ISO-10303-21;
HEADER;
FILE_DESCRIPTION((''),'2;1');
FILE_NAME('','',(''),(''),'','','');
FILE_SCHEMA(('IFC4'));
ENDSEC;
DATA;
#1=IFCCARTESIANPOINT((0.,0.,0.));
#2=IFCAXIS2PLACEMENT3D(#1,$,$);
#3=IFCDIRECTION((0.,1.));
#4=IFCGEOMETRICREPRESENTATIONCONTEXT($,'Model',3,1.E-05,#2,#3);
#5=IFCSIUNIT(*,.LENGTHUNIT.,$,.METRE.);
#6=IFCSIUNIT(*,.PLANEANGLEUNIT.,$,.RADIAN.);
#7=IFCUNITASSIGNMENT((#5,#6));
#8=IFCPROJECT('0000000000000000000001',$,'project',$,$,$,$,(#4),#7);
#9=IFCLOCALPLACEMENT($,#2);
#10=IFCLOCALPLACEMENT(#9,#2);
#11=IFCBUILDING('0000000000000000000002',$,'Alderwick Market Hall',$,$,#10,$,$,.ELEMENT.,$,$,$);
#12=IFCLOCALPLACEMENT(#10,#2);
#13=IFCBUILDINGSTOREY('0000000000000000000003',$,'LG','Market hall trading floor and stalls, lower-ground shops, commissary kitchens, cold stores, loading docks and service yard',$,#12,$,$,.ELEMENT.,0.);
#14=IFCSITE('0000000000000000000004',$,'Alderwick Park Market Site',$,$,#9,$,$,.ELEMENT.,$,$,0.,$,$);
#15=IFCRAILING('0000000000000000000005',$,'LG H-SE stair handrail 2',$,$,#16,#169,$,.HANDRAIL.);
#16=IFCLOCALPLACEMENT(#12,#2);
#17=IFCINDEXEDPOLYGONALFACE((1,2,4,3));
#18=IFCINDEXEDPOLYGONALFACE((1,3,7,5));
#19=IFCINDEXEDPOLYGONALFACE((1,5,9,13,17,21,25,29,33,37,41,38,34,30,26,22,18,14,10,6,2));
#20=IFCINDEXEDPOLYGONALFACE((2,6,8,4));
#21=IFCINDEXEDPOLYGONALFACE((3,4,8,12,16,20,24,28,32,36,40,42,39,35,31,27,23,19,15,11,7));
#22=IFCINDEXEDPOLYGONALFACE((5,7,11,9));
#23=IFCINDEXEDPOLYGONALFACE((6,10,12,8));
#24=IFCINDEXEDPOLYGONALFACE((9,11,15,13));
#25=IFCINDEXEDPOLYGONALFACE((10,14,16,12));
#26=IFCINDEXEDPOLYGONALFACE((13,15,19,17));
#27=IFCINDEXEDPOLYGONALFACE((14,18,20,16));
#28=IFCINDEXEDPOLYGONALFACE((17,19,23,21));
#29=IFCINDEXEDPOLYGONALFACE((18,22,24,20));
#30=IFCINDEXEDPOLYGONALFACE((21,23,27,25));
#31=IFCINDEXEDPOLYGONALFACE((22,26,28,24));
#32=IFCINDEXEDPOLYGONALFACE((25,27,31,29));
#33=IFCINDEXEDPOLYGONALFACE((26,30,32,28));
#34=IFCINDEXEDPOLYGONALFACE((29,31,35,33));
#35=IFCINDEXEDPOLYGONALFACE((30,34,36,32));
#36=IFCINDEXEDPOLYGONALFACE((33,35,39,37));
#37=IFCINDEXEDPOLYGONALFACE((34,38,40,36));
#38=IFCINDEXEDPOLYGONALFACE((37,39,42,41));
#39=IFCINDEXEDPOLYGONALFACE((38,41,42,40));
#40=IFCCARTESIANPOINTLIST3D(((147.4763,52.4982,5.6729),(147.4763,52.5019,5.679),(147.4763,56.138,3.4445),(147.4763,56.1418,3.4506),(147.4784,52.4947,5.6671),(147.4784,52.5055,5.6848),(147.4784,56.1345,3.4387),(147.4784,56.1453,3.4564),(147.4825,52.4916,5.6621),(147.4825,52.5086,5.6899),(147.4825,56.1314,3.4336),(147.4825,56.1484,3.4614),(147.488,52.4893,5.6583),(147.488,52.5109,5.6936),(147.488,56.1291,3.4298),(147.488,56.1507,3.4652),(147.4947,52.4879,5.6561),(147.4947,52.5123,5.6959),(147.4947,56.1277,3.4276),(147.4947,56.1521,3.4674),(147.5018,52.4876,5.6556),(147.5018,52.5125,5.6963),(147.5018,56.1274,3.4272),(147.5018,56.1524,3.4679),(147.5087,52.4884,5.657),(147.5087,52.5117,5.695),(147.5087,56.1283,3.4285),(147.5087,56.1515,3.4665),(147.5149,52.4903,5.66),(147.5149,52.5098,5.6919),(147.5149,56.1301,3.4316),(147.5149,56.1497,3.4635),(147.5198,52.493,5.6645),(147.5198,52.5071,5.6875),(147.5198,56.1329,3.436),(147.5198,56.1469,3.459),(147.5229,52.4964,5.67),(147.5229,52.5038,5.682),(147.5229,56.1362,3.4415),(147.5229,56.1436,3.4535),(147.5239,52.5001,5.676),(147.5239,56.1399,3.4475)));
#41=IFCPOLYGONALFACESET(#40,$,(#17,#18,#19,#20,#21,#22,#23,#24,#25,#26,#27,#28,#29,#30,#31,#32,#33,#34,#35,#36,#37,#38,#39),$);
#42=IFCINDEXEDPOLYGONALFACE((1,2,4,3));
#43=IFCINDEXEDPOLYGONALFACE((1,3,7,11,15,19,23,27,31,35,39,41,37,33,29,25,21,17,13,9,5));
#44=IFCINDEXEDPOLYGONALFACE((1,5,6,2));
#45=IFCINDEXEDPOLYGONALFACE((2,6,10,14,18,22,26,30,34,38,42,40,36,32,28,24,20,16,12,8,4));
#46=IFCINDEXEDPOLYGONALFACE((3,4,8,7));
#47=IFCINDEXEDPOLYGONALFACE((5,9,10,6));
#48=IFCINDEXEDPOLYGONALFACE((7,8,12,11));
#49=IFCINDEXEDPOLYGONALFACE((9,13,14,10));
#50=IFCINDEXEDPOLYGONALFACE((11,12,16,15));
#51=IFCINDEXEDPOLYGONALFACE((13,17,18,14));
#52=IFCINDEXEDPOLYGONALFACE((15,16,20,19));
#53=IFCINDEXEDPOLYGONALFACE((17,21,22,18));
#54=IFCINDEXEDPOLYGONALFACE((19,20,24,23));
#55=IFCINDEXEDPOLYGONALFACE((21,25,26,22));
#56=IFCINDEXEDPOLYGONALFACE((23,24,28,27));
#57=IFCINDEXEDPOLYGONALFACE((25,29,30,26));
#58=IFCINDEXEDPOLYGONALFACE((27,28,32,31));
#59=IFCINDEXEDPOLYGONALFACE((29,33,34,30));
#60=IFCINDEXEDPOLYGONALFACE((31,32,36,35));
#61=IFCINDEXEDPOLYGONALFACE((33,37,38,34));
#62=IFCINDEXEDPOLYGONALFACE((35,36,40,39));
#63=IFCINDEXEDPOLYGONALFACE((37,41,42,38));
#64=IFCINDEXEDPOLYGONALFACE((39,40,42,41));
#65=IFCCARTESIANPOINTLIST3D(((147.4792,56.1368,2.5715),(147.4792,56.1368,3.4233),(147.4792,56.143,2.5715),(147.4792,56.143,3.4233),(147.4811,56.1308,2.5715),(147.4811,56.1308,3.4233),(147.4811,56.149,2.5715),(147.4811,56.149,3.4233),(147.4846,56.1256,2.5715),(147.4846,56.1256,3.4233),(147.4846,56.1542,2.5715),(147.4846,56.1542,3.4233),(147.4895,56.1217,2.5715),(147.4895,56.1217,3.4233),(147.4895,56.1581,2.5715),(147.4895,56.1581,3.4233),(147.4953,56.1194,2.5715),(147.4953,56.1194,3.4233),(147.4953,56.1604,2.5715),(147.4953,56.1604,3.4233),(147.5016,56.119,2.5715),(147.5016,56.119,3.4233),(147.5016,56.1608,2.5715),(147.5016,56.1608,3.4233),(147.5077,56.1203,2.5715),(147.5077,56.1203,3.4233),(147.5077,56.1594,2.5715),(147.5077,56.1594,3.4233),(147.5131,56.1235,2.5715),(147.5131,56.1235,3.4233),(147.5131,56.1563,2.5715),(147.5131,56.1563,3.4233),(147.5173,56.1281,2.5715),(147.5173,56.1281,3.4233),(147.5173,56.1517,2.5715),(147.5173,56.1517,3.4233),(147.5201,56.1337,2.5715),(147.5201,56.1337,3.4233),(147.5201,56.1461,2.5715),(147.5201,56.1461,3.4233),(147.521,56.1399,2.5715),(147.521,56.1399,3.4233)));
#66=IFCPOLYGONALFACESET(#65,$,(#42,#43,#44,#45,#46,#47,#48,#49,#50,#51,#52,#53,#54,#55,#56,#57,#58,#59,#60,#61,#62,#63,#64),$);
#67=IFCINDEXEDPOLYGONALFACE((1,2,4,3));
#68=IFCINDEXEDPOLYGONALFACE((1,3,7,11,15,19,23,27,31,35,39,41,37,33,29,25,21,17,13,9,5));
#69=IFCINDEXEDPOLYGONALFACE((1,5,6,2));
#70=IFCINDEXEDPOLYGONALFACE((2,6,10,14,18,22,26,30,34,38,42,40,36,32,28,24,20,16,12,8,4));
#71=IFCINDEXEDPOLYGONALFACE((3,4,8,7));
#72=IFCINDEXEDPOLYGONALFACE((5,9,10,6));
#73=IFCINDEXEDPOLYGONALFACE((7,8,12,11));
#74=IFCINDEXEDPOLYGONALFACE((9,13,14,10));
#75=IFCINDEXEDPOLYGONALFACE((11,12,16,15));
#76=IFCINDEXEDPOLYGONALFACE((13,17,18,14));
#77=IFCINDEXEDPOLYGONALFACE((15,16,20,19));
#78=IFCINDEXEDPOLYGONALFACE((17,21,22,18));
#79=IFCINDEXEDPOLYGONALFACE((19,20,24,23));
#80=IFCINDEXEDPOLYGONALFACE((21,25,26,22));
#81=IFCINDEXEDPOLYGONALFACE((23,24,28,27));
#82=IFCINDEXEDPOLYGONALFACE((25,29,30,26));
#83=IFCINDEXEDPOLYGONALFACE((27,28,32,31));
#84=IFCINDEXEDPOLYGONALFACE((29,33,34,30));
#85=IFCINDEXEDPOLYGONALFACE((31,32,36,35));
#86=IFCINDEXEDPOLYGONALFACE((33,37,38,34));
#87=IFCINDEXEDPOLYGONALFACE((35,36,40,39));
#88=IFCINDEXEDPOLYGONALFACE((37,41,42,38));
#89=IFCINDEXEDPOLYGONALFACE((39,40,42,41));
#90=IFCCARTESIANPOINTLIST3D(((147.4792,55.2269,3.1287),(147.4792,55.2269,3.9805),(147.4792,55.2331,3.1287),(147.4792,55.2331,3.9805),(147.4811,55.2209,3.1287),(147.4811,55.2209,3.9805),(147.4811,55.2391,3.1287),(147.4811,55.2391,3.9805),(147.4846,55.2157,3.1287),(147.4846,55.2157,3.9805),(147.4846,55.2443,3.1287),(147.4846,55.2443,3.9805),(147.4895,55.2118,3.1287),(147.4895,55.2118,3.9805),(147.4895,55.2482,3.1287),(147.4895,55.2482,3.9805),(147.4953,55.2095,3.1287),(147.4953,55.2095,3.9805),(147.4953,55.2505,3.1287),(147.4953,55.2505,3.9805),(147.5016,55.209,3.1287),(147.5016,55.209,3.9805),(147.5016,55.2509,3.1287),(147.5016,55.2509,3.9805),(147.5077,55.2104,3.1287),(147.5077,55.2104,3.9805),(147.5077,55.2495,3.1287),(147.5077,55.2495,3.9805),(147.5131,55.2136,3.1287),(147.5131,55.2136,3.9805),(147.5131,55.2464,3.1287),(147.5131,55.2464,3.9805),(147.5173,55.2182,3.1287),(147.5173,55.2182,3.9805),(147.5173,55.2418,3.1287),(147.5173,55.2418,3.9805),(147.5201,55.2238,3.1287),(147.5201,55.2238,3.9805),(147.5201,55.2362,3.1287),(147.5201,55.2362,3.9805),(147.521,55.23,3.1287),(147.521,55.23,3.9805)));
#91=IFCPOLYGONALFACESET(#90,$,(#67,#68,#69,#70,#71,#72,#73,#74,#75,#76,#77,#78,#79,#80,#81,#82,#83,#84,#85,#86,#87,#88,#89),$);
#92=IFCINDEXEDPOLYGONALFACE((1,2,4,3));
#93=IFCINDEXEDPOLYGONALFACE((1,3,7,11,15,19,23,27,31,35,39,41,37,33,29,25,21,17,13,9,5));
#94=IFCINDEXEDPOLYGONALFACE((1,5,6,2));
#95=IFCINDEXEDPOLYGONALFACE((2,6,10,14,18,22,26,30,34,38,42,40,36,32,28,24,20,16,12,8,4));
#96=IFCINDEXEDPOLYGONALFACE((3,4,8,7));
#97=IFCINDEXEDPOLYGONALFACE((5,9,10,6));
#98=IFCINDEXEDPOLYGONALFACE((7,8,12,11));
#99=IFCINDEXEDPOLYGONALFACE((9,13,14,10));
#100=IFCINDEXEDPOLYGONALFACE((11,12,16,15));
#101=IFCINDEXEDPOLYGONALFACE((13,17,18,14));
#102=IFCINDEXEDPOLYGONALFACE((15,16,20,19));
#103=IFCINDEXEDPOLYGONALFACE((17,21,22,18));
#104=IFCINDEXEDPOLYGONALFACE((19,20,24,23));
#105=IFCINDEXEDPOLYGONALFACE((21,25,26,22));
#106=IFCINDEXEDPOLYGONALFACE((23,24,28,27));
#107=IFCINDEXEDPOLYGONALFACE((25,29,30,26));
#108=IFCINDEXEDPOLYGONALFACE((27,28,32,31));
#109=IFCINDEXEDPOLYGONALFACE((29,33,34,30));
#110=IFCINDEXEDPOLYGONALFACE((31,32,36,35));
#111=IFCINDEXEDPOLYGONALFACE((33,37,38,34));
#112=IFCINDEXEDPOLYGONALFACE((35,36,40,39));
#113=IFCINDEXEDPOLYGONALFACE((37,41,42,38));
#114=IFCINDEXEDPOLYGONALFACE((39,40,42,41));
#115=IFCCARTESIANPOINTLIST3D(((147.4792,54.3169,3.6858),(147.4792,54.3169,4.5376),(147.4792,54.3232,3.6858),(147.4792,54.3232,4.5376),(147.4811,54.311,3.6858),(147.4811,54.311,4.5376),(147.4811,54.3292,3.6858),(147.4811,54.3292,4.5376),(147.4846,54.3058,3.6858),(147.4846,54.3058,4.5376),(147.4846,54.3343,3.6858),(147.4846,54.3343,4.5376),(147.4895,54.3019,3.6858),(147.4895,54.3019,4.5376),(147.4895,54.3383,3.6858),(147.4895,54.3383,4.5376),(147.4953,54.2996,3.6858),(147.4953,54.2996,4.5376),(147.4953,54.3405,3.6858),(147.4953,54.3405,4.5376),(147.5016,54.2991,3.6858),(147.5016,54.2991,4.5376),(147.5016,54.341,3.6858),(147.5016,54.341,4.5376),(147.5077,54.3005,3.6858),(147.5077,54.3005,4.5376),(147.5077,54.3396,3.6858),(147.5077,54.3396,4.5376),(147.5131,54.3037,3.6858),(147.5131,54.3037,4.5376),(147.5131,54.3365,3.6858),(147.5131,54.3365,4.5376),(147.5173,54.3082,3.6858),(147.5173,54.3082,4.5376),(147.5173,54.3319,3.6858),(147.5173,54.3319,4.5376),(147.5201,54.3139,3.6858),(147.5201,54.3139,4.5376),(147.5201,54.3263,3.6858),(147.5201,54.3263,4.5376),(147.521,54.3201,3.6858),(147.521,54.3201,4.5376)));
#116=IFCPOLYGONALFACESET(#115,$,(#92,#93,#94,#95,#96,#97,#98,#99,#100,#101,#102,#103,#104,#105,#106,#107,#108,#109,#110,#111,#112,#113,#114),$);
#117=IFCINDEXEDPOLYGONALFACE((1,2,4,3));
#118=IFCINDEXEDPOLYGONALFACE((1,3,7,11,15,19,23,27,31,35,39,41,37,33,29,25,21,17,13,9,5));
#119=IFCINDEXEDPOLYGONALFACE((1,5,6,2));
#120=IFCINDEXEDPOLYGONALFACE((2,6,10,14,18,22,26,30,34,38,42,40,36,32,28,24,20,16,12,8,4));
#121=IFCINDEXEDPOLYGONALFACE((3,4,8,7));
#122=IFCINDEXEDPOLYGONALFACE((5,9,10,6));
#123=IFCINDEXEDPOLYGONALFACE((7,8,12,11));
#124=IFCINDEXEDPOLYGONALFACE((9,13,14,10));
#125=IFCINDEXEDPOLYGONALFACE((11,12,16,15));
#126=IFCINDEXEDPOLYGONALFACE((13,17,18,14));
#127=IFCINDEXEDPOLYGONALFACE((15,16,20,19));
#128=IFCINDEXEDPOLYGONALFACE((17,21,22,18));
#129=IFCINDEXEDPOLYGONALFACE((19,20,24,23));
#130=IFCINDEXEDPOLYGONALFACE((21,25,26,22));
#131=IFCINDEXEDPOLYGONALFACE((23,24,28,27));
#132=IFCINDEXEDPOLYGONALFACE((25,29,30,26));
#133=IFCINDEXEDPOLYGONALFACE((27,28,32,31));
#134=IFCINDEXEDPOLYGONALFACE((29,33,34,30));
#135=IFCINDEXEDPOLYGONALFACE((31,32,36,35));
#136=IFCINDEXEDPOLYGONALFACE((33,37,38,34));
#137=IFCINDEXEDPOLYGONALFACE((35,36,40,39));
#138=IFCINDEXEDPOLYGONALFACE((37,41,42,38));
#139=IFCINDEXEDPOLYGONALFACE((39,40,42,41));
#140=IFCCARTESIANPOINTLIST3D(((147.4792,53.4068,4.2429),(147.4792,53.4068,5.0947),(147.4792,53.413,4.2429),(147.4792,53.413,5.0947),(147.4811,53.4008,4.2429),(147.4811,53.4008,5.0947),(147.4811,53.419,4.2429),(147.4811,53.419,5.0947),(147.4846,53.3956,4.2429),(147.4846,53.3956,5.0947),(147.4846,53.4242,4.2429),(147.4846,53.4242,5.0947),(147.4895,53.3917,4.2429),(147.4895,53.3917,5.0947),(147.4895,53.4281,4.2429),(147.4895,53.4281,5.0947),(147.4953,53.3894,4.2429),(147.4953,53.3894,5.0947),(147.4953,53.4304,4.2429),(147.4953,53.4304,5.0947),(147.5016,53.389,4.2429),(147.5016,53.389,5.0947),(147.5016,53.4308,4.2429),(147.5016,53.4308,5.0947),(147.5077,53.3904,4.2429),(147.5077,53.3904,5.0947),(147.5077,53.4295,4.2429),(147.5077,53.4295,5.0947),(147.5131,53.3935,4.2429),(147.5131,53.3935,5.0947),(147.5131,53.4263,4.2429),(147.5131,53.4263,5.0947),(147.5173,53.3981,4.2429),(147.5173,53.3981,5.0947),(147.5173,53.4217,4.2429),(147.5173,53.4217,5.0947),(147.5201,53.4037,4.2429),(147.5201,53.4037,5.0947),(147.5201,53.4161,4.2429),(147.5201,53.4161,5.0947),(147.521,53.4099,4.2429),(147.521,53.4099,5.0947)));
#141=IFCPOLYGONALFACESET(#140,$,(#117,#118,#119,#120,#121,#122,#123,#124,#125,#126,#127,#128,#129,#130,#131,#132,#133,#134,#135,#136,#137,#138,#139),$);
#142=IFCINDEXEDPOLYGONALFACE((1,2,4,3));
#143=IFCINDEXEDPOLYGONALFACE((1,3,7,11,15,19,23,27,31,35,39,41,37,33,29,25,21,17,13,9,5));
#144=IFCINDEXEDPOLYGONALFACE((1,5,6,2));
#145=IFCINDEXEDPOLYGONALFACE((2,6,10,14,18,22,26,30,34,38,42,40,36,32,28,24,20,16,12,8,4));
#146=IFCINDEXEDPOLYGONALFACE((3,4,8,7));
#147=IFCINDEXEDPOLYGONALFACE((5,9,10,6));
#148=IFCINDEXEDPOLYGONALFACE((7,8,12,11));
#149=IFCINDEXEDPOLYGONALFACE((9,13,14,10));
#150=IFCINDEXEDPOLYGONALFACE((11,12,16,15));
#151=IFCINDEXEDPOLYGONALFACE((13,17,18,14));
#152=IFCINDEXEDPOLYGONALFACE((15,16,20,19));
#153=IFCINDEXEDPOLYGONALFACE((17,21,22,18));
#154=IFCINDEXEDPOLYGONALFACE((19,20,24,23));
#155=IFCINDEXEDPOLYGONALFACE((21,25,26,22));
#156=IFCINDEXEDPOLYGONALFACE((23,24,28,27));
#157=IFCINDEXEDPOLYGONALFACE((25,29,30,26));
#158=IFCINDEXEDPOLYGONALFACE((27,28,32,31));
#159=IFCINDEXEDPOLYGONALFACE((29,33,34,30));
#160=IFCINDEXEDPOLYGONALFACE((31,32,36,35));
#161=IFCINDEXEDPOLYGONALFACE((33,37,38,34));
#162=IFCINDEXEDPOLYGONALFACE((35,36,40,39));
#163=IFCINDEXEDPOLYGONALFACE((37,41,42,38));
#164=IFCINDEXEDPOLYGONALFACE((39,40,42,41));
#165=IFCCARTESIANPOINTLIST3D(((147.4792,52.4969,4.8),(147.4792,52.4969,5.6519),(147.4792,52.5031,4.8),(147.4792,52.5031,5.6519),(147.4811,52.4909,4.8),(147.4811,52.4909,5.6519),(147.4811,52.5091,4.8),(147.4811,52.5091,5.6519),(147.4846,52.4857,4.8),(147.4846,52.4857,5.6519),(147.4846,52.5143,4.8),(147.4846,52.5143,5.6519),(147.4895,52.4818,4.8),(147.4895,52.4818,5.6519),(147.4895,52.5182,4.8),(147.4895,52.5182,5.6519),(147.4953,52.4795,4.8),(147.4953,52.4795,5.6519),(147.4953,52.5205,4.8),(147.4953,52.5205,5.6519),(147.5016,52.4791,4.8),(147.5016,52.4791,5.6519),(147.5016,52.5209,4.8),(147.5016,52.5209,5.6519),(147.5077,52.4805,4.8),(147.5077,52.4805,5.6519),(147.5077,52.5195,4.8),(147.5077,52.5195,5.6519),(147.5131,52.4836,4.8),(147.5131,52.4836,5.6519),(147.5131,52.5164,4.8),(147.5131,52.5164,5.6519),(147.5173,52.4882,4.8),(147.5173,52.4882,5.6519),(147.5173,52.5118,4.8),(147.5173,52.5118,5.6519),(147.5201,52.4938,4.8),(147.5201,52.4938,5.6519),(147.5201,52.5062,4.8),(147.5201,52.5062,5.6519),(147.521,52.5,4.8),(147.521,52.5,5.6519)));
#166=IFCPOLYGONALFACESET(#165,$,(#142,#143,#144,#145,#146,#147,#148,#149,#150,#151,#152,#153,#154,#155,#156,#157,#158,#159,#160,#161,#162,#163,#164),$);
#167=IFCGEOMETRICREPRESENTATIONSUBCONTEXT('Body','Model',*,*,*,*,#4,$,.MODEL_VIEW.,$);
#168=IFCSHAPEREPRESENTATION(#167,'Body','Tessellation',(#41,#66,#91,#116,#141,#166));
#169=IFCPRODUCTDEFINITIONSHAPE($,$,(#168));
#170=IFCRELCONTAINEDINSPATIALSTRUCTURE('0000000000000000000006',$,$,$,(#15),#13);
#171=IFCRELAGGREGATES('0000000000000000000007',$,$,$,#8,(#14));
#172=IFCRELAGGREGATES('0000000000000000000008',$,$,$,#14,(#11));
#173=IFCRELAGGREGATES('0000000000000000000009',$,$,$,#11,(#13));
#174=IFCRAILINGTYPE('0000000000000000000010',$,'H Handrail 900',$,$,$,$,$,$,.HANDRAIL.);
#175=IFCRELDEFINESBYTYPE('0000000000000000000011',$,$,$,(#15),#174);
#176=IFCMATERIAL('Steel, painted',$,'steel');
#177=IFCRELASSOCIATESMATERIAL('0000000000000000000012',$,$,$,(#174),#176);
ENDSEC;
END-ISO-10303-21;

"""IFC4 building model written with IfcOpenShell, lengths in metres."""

from ifc_helpers import new_model, si_unit, direction, frame, origin, origin_2d, place, context, subcontext, project, spatial, circle, extrude, material, type_object, element, save


model = new_model("IFC4")

# Units and contexts
model_context = context("Model", 3, precision=1e-05, world=origin(), true_north=direction((0.0, 1.0)))
body_context = subcontext(model_context, "Body", "Model", "MODEL_VIEW")
ifc_project = project(units=[si_unit("LENGTHUNIT", "METRE"), si_unit("PLANEANGLEUNIT", "RADIAN")], contexts=[model_context])

# Site, building, storey
site_placement = place(None, origin())
site = spatial("IfcSite", under=ifc_project, at=site_placement, Name="Alderwick Park Market Site", CompositionType="ELEMENT", RefElevation=0.0)
building_placement = place(site_placement, origin())
building = spatial("IfcBuilding", under=site, at=building_placement, Name="Alderwick Market Hall", CompositionType="ELEMENT")
storey_placement = place(building_placement, origin())
storey = spatial("IfcBuildingStorey", under=building, at=storey_placement, Name="LG", Description="Market hall trading floor and stalls, lower-ground shops, commissary kitchens, cold stores, loading docks and service yard", CompositionType="ELEMENT", Elevation=0.0)

# Railing
ifc_material_1 = material(Name="Steel, painted", Category="steel")
railing_type_1 = type_object("IfcRailingType", Name="H Handrail 900", PredefinedType="HANDRAIL", material=ifc_material_1)
railing_1_placement = place(storey_placement, frame((147.5, 56.1399, 2.5715)))
element("IfcRailing", 1, at=railing_1_placement, inside=storey, type_object=railing_type_1, Name="LG H-SE stair handrail 2", PredefinedType="HANDRAIL", context=body_context, shape_type="SweptSolid", body=[
    extrude(circle(Radius=0.0239, at=origin_2d()), frame((0.0, 0.0, 0.876), z_axis=(0.0, -0.85285, 0.522156), x_axis=(1.0, 0.0, 0.0)), (0.0, 0.0, 1.0), 4.2678),
    extrude(circle(Radius=0.021, at=origin_2d()), origin(), (0.0, 0.0, 1.0), 0.8518),
    extrude(circle(Radius=0.021, at=origin_2d()), frame((0.0, -0.9099, 0.5571)), (0.0, 0.0, 1.0), 0.8518),
    extrude(circle(Radius=0.021, at=origin_2d()), frame((0.0, -1.8198, 1.1143)), (0.0, 0.0, 1.0), 0.8518),
    extrude(circle(Radius=0.021, at=origin_2d()), frame((0.0, -2.73, 1.6714)), (0.0, 0.0, 1.0), 0.8518),
    extrude(circle(Radius=0.021, at=origin_2d()), frame((0.0, -3.6399, 2.2285)), (0.0, 0.0, 1.0), 0.8518),
])

save(model, "model.ifc")
